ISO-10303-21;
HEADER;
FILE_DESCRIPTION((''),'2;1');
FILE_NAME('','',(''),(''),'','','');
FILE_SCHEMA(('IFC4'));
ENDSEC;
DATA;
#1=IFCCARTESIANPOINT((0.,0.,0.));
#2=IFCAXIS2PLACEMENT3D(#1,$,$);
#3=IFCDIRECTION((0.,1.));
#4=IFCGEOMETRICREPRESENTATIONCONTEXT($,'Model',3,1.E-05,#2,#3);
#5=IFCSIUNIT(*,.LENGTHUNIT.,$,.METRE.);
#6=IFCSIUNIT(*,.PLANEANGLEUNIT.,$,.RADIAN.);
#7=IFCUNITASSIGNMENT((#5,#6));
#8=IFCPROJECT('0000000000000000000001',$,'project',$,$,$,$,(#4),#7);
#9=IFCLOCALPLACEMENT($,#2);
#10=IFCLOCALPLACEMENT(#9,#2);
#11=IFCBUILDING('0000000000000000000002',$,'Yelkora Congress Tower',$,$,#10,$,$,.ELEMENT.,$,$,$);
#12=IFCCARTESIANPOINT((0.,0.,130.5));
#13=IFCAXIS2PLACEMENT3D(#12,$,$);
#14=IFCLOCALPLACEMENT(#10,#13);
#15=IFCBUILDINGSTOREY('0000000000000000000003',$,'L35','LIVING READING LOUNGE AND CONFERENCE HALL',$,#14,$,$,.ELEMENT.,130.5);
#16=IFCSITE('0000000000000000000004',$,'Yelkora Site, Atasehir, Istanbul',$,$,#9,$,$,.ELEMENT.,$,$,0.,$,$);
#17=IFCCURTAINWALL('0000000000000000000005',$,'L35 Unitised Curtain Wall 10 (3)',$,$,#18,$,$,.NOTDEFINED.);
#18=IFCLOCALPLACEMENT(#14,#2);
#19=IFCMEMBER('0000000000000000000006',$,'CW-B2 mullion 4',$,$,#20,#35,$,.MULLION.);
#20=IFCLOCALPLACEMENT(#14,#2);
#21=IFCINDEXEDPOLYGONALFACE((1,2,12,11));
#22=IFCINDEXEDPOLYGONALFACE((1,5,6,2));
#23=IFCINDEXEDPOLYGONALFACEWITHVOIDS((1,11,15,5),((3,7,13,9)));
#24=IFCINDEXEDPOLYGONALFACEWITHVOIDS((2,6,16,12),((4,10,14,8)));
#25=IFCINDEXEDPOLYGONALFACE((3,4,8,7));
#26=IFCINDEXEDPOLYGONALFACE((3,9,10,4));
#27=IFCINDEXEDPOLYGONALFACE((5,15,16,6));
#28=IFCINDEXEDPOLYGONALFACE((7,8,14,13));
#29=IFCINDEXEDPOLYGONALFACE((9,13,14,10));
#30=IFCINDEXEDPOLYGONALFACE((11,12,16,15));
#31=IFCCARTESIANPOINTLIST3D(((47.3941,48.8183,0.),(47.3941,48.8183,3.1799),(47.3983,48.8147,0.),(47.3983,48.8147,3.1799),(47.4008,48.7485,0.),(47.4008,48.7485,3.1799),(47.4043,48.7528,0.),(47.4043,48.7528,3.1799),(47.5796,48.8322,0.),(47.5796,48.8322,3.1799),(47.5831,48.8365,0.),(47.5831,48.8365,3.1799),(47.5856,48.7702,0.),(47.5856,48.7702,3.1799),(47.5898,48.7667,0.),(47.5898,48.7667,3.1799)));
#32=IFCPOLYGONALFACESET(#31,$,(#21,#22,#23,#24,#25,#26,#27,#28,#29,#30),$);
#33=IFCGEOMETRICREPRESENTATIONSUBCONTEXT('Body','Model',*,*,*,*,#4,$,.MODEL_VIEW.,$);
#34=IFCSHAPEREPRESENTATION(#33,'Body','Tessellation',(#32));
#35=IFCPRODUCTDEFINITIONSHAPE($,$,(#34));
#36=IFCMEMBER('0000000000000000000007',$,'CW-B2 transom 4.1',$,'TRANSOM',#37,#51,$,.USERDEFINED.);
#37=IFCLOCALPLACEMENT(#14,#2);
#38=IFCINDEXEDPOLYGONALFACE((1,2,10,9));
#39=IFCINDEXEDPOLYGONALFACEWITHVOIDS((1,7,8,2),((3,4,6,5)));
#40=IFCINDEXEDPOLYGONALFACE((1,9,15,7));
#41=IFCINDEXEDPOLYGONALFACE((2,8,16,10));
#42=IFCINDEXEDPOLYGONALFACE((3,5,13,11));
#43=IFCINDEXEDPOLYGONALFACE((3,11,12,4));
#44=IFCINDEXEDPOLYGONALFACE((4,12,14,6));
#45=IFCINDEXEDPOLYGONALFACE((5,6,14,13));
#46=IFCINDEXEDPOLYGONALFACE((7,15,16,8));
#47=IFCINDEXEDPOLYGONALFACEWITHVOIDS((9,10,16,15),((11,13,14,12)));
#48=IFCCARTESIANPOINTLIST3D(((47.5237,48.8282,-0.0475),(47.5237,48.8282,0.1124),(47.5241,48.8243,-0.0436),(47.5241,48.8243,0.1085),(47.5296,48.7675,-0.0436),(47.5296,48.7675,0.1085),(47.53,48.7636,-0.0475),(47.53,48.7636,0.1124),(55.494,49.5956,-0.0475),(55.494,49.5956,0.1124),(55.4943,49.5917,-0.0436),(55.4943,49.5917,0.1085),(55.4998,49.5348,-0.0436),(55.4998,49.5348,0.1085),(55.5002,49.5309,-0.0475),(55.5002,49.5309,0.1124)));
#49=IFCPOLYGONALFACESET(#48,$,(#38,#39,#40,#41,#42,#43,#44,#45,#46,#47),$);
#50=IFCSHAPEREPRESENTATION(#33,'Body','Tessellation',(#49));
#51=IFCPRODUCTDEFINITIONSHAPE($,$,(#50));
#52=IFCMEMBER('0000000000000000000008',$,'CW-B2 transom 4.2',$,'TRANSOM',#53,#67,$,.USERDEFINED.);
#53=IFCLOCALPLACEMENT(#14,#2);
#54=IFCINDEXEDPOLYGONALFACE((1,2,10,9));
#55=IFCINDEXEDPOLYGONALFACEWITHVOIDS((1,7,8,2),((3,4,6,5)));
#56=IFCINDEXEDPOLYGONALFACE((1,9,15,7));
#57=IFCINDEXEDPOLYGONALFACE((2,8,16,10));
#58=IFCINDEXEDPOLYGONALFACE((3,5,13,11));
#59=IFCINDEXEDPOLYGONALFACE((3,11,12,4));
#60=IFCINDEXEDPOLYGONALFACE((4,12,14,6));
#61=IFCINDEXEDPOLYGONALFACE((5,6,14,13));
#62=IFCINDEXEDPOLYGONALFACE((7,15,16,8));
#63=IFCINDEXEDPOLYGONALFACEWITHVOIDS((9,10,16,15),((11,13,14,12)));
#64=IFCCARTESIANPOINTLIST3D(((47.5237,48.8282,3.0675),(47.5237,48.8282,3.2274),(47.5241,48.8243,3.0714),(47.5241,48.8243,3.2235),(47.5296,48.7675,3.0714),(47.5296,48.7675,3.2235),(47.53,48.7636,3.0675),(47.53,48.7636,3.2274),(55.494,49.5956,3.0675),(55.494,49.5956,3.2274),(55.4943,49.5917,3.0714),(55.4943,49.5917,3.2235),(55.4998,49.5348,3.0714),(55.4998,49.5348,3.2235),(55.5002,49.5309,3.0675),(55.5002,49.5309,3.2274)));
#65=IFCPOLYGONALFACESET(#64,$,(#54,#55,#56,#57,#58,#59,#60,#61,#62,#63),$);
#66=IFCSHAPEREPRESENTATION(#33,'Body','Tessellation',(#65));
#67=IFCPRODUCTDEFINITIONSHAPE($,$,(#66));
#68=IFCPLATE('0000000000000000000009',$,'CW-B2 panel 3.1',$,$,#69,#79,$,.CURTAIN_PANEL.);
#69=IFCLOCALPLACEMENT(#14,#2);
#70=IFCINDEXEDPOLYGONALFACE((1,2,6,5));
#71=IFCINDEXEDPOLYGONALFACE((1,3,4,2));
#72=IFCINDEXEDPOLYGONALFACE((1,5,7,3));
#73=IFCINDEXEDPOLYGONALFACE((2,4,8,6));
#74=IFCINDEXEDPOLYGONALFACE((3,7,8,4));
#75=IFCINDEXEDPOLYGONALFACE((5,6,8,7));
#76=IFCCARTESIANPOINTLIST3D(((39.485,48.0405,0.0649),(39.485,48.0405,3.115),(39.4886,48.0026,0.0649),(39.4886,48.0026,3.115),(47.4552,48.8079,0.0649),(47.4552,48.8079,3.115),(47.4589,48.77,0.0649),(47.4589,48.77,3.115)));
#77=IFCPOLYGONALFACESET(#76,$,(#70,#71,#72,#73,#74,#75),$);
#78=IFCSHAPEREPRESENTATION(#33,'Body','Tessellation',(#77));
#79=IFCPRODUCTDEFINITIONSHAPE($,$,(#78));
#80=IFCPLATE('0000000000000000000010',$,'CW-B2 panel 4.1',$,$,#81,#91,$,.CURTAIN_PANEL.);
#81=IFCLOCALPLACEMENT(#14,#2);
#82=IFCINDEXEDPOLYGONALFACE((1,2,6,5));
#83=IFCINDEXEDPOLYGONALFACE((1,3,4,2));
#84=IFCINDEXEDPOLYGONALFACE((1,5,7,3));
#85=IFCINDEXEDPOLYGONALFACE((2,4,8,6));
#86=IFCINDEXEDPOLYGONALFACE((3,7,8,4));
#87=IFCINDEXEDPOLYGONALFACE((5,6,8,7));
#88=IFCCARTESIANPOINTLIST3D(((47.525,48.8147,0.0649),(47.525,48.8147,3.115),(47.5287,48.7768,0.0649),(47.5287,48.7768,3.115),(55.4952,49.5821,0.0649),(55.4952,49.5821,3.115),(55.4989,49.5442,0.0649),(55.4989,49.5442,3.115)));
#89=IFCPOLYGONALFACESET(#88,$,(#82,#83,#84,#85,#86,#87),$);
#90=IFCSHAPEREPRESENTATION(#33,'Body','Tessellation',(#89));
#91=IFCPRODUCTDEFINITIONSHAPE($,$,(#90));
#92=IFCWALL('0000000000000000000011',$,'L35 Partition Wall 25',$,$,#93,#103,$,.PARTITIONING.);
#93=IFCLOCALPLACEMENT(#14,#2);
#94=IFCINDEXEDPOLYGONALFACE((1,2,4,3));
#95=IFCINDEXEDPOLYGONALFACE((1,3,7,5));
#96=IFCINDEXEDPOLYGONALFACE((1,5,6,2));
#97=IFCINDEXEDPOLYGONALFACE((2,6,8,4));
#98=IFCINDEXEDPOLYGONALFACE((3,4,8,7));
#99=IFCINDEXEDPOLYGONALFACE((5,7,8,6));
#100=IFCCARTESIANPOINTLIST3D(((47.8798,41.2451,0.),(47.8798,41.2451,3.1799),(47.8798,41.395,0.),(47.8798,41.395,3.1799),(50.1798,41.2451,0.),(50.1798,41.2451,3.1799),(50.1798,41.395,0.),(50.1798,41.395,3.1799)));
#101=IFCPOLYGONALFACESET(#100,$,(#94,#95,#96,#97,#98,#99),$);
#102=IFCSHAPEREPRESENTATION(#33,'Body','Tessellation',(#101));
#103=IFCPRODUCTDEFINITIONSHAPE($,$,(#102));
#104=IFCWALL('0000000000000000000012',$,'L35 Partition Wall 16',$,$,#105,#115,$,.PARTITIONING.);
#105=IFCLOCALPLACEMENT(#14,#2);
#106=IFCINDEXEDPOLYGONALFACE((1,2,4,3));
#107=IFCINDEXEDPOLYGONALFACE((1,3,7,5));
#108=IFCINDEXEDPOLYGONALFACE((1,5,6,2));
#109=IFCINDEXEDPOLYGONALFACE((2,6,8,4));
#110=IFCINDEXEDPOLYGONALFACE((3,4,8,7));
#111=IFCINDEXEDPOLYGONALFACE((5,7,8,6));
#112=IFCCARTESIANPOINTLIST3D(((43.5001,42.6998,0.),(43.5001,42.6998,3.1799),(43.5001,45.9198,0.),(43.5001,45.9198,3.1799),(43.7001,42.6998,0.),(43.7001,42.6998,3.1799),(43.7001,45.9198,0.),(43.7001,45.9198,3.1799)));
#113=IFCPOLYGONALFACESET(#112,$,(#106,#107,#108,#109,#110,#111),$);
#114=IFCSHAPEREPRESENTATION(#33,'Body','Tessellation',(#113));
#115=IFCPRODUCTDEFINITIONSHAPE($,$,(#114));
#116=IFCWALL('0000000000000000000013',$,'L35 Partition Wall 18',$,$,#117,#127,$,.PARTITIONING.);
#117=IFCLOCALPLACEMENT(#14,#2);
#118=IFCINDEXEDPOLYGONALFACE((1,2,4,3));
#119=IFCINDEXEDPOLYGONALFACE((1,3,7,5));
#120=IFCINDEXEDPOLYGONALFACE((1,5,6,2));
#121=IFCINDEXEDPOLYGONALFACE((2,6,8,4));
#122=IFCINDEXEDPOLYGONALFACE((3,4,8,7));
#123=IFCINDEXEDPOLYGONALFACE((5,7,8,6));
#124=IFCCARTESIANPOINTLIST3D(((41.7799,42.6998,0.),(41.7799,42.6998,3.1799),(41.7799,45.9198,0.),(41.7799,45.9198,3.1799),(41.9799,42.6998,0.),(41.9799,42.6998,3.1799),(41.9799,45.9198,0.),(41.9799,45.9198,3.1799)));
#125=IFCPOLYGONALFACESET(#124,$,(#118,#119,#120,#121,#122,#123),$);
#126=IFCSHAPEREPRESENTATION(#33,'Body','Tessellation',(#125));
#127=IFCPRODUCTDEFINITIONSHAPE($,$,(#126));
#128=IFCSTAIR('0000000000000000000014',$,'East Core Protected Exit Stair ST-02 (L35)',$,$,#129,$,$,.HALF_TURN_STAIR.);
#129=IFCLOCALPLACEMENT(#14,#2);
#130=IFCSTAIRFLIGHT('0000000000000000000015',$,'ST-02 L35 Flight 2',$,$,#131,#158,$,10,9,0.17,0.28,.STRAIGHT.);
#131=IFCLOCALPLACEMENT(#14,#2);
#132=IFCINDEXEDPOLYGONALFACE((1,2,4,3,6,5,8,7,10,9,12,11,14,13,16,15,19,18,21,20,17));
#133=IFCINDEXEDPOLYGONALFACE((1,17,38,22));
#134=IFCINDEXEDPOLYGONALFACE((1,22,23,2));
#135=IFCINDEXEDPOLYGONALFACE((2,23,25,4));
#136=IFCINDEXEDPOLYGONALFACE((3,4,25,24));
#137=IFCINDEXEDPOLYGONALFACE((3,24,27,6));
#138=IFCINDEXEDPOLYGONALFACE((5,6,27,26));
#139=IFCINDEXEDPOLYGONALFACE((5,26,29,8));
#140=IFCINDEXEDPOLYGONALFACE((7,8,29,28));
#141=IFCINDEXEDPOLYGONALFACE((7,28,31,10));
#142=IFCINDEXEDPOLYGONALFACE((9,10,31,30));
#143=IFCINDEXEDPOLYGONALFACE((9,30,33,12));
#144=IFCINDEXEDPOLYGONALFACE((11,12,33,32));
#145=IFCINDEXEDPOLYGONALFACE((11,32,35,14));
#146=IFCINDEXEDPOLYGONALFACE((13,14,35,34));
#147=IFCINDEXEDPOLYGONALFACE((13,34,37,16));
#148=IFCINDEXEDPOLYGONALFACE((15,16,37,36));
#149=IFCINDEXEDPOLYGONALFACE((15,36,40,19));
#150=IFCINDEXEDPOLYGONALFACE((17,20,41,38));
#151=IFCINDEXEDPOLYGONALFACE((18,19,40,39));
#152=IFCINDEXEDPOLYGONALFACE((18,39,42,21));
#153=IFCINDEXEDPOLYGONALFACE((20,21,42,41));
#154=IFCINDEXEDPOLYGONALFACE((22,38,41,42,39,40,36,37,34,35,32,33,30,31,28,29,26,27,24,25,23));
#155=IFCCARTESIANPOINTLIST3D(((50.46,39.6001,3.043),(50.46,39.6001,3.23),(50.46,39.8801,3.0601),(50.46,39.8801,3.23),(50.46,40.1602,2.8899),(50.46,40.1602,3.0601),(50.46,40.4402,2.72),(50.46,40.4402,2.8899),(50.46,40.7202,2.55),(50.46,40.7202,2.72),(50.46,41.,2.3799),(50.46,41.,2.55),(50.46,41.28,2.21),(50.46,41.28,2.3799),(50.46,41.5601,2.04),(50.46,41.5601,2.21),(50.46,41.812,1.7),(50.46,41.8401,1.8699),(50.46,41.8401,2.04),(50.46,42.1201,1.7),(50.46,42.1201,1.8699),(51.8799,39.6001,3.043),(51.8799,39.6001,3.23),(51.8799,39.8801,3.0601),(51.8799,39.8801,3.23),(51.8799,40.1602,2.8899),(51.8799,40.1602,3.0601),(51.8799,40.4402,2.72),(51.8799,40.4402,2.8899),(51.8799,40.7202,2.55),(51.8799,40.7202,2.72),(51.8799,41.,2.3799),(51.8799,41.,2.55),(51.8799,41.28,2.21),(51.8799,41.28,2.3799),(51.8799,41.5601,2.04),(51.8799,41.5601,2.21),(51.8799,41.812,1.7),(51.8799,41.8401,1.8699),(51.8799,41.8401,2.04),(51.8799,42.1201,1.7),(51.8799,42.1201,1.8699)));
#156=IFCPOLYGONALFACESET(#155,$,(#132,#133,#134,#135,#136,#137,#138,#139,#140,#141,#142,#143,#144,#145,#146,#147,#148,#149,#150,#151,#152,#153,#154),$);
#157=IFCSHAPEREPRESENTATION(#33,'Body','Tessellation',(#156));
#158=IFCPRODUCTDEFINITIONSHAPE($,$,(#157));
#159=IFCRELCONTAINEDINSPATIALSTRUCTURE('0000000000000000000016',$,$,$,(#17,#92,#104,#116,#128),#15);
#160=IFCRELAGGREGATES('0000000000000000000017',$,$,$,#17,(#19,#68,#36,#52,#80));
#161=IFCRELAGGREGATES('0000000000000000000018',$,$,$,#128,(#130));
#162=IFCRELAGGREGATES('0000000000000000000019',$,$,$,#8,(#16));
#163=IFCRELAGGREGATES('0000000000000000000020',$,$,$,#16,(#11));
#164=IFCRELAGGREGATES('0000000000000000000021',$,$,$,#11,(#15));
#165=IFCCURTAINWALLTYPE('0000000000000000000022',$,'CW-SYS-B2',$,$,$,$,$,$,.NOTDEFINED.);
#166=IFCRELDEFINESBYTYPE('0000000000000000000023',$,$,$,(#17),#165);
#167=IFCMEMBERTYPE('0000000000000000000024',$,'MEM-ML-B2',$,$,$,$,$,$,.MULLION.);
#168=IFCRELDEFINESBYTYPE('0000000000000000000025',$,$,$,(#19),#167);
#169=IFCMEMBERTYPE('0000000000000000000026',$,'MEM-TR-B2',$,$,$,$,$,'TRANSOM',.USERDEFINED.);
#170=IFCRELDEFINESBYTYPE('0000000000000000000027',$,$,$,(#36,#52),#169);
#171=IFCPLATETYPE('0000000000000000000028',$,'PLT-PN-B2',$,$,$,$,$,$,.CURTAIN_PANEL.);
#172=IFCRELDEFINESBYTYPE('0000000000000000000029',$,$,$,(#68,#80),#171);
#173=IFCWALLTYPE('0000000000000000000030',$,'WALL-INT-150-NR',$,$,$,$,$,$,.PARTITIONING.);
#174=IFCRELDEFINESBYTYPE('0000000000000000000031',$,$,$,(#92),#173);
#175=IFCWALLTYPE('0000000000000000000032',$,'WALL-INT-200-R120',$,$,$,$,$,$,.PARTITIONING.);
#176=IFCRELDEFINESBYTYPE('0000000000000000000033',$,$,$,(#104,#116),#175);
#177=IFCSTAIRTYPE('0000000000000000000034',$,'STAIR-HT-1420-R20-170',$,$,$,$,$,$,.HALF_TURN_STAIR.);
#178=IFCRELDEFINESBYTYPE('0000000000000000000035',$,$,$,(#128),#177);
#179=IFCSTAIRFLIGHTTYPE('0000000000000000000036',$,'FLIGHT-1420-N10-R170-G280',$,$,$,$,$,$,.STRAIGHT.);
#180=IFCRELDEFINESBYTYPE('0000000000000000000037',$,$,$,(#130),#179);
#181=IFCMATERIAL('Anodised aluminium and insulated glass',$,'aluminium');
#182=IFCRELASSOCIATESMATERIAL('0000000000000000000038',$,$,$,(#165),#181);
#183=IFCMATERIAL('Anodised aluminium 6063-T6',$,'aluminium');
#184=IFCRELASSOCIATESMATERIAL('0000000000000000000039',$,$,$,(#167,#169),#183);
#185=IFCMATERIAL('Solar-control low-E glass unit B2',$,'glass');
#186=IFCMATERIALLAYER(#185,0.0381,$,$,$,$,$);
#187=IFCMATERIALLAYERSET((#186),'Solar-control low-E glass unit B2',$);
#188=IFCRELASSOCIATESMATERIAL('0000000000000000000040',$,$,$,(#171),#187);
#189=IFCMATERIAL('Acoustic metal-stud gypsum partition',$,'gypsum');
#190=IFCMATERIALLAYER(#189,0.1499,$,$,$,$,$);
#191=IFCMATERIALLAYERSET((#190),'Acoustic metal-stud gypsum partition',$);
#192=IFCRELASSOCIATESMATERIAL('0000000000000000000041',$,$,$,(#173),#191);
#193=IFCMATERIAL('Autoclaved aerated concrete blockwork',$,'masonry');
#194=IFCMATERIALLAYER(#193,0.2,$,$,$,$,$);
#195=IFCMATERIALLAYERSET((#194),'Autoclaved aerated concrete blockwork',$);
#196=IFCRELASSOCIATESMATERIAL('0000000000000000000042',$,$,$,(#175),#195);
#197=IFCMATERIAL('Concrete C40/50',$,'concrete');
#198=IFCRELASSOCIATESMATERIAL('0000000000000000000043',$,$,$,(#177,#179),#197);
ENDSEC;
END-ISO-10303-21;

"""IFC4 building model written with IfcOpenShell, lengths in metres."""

from ifc_helpers import new_model, si_unit, direction, frame, frame_2d, origin, origin_2d, place, context, subcontext, project, spatial, polyline, rectangle, hollow_rectangle, outline, extrude, material, layer, layer_set, material_profile, profile_set, type_object, element, aggregate, save


model = new_model("IFC4")

# Units and contexts
model_context = context("Model", 3, precision=1e-05, world=origin(), true_north=direction((0.0, 1.0)))
body_context = subcontext(model_context, "Body", "Model", "MODEL_VIEW")
ifc_project = project(units=[si_unit("LENGTHUNIT", "METRE"), si_unit("PLANEANGLEUNIT", "RADIAN")], contexts=[model_context])

# Site, building, storey
site_placement = place(None, origin())
site = spatial("IfcSite", under=ifc_project, at=site_placement, Name="Yelkora Site, Atasehir, Istanbul", CompositionType="ELEMENT", RefElevation=0.0)
building_placement = place(site_placement, origin())
building = spatial("IfcBuilding", under=site, at=building_placement, Name="Yelkora Congress Tower", CompositionType="ELEMENT")
storey_placement = place(building_placement, frame((0.0, 0.0, 130.5)))
storey = spatial("IfcBuildingStorey", under=building, at=storey_placement, Name="L35", Description="LIVING READING LOUNGE AND CONFERENCE HALL", CompositionType="ELEMENT", Elevation=130.5)

# Curtain wall, members, plates
ifc_material_1 = material(Name="Anodised aluminium and insulated glass", Category="aluminium")
curtain_wall_type = type_object("IfcCurtainWallType", Name="CW-SYS-B2", PredefinedType="NOTDEFINED", material=ifc_material_1)
curtain_wall_placement = place(storey_placement, origin())
curtain_wall = element("IfcCurtainWall", 1, at=curtain_wall_placement, inside=storey, type_object=curtain_wall_type, Name="L35 Unitised Curtain Wall 10 (3)", PredefinedType="NOTDEFINED")
ifc_material_2 = material(Name="Anodised aluminium 6063-T6", Category="aluminium")
ifc_material_profile_1 = material_profile(ifc_material_2, hollow_rectangle(XDim=0.0701, YDim=0.1899, WallThickness=0.0039, at=origin_2d()), Name="ALU 70x190x4")
ifc_profile_set_1 = profile_set([ifc_material_profile_1], Name="Anodised aluminium 6063-T6")
member_type_1 = type_object("IfcMemberType", Name="MEM-ML-B2", PredefinedType="MULLION", material=ifc_profile_set_1)
member_1_placement = place(storey_placement, frame((47.4919, 48.7925, 0.0), z_axis=(0.0, 0.0, 1.0), x_axis=(-0.095844, 0.995396, 0.0)))
member_1 = element("IfcMember", 2, at=member_1_placement, type_object=member_type_1, Name="CW-B2 mullion 4", PredefinedType="MULLION", context=body_context, shape_type="SweptSolid", body=[
    extrude(hollow_rectangle(XDim=0.0701, YDim=0.1899, WallThickness=0.0039, at=origin_2d()), origin(), (0.0, 0.0, 1.0), 3.1799),
])
ifc_material_profile_2 = material_profile(ifc_material_2, hollow_rectangle(XDim=0.0649, YDim=0.1599, WallThickness=0.0039, at=origin_2d()), Name="ALU 65x160x4")
ifc_profile_set_2 = profile_set([ifc_material_profile_2], Name="Anodised aluminium 6063-T6")
member_type_2 = type_object("IfcMemberType", Name="MEM-TR-B2", ElementType="TRANSOM", PredefinedType="USERDEFINED", material=ifc_profile_set_2)
member_2_placement = place(storey_placement, frame((47.5269, 48.7959, 0.0325), z_axis=(0.995398, 0.095832, 0.0), x_axis=(-0.095832, 0.995398, 0.0)))
member_2 = element("IfcMember", 3, at=member_2_placement, type_object=member_type_2, Name="CW-B2 transom 4.1", ObjectType="TRANSOM", PredefinedType="USERDEFINED", context=body_context, shape_type="SweptSolid", body=[
    extrude(hollow_rectangle(XDim=0.0649, YDim=0.1599, WallThickness=0.0039, at=origin_2d()), origin(), (0.0, 0.0, 1.0), 8.0071),
])
member_3_placement = place(storey_placement, frame((47.5269, 48.7959, 3.1475), z_axis=(0.995398, 0.095832, 0.0), x_axis=(-0.095832, 0.995398, 0.0)))
member_3 = element("IfcMember", 4, at=member_3_placement, type_object=member_type_2, Name="CW-B2 transom 4.2", ObjectType="TRANSOM", PredefinedType="USERDEFINED", context=body_context, shape_type="SweptSolid", body=[
    extrude(hollow_rectangle(XDim=0.0649, YDim=0.1599, WallThickness=0.0039, at=origin_2d()), origin(), (0.0, 0.0, 1.0), 8.0071),
])
ifc_material_3 = material(Name="Solar-control low-E glass unit B2", Category="glass")
ifc_layer_1 = layer(ifc_material_3, 0.0381)
ifc_layer_set_1 = layer_set([ifc_layer_1], Name="Solar-control low-E glass unit B2")
plate_type = type_object("IfcPlateType", Name="PLT-PN-B2", PredefinedType="CURTAIN_PANEL", material=ifc_layer_set_1)
plate_1_placement = place(storey_placement, frame((43.4719, 48.4053, 0.0649), z_axis=(0.0, 0.0, 1.0), x_axis=(0.995396, 0.095844, 0.0)))
plate_1 = element("IfcPlate", 5, at=plate_1_placement, type_object=plate_type, Name="CW-B2 panel 3.1", PredefinedType="CURTAIN_PANEL", context=body_context, shape_type="SweptSolid", body=[
    extrude(rectangle(XDim=8.0071, YDim=0.0381, at=origin_2d()), origin(), (0.0, 0.0, 1.0), 3.05),
])
plate_2_placement = place(storey_placement, frame((51.512, 49.1794, 0.0649), z_axis=(0.0, 0.0, 1.0), x_axis=(0.995396, 0.095844, 0.0)))
plate_2 = element("IfcPlate", 6, at=plate_2_placement, type_object=plate_type, Name="CW-B2 panel 4.1", PredefinedType="CURTAIN_PANEL", context=body_context, shape_type="SweptSolid", body=[
    extrude(rectangle(XDim=8.0071, YDim=0.0381, at=origin_2d()), origin(), (0.0, 0.0, 1.0), 3.05),
])
aggregate(curtain_wall, [member_1, plate_1, member_2, member_3, plate_2])

# Shared definitions
ifc_material_4 = material(Name="Acoustic metal-stud gypsum partition", Category="gypsum")
ifc_layer_2 = layer(ifc_material_4, 0.1499)
ifc_layer_set_2 = layer_set([ifc_layer_2], Name="Acoustic metal-stud gypsum partition")
wall_type_1 = type_object("IfcWallType", Name="WALL-INT-150-NR", PredefinedType="PARTITIONING", material=ifc_layer_set_2)

# Walls
wall_1_placement = place(storey_placement, frame((47.8799, 41.3201, 0.0), z_axis=(0.0, 0.0, 1.0), x_axis=(1.0, 0.0, 0.0)))
element("IfcWall", 7, at=wall_1_placement, inside=storey, type_object=wall_type_1, Name="L35 Partition Wall 25", PredefinedType="PARTITIONING", context=body_context, shape_type="SweptSolid", body=[
    extrude(rectangle(XDim=2.3, YDim=0.1499, at=frame_2d((1.1499, 0.0))), origin(), (0.0, 0.0, 1.0), 3.1799),
])
ifc_material_5 = material(Name="Autoclaved aerated concrete blockwork", Category="masonry")
ifc_layer_3 = layer(ifc_material_5, 0.2)
ifc_layer_set_3 = layer_set([ifc_layer_3], Name="Autoclaved aerated concrete blockwork")
wall_type_2 = type_object("IfcWallType", Name="WALL-INT-200-R120", PredefinedType="PARTITIONING", material=ifc_layer_set_3)
for number, where, z_axis, x_axis, name in (
    (8, (43.6001, 42.7, 0.0), (0.0, 0.0, 1.0), (0.0, 1.0, 0.0), "L35 Partition Wall 16"),
    (9, (41.8799, 42.7, 0.0), (0.0, 0.0, 1.0), (0.0, 1.0, 0.0), "L35 Partition Wall 18"),
):
    element("IfcWall", number, at=place(storey_placement, frame(where, z_axis=z_axis, x_axis=x_axis)), inside=storey, type_object=wall_type_2, Name=name, PredefinedType="PARTITIONING", context=body_context, shape_type="SweptSolid", body=[
        extrude(rectangle(XDim=3.22, YDim=0.2, at=frame_2d((1.6099, 0.0))), origin(), (0.0, 0.0, 1.0), 3.1799),
    ])

# Stair, stair flight
ifc_material_6 = material(Name="Concrete C40/50", Category="concrete")
stair_type = type_object("IfcStairType", Name="STAIR-HT-1420-R20-170", PredefinedType="HALF_TURN_STAIR", material=ifc_material_6)
stair_placement = place(storey_placement, origin())
stair = element("IfcStair", 10, at=stair_placement, inside=storey, type_object=stair_type, Name="East Core Protected Exit Stair ST-02 (L35)", PredefinedType="HALF_TURN_STAIR")
stair_flight_type = type_object("IfcStairFlightType", Name="FLIGHT-1420-N10-R170-G280", PredefinedType="STRAIGHT", material=ifc_material_6)
stair_flight_placement = place(storey_placement, frame((51.1699, 42.1201, 1.7), z_axis=(0.0, 0.0, 1.0), x_axis=(0.0, -1.0, 0.0)))
stair_flight = element("IfcStairFlight", 11, at=stair_flight_placement, type_object=stair_flight_type, Name="ST-02 L35 Flight 2", NumberOfRisers=10, NumberOfTreads=9, PredefinedType="STRAIGHT", RiserHeight=0.17, TreadLength=0.28, context=body_context, shape_type="SweptSolid", body=[
    extrude(outline(polyline([(0.0, 0.0), (0.0, 0.1699), (0.28, 0.1699), (0.28, 0.3401), (0.5601, 0.3401), (0.5601, 0.51), (0.8401, 0.51), (0.8401, 0.6799), (1.1201, 0.6799), (1.1201, 0.8501), (1.3999, 0.8501), (1.3999, 1.02), (1.6799, 1.02), (1.6799, 1.1899), (1.96, 1.1899), (1.96, 1.3601), (2.24, 1.3601), (2.24, 1.53), (2.52, 1.53), (2.52, 1.7), (2.52, 1.343), (0.3081, 0.0), (0.0, 0.0)])), frame((0.0, 0.71, 0.0), z_axis=(0.0, -1.0, 0.0), x_axis=(1.0, 0.0, 0.0)), (0.0, 0.0, 1.0), 1.4199),
])
aggregate(stair, [stair_flight])

save(model, "model.ifc")
